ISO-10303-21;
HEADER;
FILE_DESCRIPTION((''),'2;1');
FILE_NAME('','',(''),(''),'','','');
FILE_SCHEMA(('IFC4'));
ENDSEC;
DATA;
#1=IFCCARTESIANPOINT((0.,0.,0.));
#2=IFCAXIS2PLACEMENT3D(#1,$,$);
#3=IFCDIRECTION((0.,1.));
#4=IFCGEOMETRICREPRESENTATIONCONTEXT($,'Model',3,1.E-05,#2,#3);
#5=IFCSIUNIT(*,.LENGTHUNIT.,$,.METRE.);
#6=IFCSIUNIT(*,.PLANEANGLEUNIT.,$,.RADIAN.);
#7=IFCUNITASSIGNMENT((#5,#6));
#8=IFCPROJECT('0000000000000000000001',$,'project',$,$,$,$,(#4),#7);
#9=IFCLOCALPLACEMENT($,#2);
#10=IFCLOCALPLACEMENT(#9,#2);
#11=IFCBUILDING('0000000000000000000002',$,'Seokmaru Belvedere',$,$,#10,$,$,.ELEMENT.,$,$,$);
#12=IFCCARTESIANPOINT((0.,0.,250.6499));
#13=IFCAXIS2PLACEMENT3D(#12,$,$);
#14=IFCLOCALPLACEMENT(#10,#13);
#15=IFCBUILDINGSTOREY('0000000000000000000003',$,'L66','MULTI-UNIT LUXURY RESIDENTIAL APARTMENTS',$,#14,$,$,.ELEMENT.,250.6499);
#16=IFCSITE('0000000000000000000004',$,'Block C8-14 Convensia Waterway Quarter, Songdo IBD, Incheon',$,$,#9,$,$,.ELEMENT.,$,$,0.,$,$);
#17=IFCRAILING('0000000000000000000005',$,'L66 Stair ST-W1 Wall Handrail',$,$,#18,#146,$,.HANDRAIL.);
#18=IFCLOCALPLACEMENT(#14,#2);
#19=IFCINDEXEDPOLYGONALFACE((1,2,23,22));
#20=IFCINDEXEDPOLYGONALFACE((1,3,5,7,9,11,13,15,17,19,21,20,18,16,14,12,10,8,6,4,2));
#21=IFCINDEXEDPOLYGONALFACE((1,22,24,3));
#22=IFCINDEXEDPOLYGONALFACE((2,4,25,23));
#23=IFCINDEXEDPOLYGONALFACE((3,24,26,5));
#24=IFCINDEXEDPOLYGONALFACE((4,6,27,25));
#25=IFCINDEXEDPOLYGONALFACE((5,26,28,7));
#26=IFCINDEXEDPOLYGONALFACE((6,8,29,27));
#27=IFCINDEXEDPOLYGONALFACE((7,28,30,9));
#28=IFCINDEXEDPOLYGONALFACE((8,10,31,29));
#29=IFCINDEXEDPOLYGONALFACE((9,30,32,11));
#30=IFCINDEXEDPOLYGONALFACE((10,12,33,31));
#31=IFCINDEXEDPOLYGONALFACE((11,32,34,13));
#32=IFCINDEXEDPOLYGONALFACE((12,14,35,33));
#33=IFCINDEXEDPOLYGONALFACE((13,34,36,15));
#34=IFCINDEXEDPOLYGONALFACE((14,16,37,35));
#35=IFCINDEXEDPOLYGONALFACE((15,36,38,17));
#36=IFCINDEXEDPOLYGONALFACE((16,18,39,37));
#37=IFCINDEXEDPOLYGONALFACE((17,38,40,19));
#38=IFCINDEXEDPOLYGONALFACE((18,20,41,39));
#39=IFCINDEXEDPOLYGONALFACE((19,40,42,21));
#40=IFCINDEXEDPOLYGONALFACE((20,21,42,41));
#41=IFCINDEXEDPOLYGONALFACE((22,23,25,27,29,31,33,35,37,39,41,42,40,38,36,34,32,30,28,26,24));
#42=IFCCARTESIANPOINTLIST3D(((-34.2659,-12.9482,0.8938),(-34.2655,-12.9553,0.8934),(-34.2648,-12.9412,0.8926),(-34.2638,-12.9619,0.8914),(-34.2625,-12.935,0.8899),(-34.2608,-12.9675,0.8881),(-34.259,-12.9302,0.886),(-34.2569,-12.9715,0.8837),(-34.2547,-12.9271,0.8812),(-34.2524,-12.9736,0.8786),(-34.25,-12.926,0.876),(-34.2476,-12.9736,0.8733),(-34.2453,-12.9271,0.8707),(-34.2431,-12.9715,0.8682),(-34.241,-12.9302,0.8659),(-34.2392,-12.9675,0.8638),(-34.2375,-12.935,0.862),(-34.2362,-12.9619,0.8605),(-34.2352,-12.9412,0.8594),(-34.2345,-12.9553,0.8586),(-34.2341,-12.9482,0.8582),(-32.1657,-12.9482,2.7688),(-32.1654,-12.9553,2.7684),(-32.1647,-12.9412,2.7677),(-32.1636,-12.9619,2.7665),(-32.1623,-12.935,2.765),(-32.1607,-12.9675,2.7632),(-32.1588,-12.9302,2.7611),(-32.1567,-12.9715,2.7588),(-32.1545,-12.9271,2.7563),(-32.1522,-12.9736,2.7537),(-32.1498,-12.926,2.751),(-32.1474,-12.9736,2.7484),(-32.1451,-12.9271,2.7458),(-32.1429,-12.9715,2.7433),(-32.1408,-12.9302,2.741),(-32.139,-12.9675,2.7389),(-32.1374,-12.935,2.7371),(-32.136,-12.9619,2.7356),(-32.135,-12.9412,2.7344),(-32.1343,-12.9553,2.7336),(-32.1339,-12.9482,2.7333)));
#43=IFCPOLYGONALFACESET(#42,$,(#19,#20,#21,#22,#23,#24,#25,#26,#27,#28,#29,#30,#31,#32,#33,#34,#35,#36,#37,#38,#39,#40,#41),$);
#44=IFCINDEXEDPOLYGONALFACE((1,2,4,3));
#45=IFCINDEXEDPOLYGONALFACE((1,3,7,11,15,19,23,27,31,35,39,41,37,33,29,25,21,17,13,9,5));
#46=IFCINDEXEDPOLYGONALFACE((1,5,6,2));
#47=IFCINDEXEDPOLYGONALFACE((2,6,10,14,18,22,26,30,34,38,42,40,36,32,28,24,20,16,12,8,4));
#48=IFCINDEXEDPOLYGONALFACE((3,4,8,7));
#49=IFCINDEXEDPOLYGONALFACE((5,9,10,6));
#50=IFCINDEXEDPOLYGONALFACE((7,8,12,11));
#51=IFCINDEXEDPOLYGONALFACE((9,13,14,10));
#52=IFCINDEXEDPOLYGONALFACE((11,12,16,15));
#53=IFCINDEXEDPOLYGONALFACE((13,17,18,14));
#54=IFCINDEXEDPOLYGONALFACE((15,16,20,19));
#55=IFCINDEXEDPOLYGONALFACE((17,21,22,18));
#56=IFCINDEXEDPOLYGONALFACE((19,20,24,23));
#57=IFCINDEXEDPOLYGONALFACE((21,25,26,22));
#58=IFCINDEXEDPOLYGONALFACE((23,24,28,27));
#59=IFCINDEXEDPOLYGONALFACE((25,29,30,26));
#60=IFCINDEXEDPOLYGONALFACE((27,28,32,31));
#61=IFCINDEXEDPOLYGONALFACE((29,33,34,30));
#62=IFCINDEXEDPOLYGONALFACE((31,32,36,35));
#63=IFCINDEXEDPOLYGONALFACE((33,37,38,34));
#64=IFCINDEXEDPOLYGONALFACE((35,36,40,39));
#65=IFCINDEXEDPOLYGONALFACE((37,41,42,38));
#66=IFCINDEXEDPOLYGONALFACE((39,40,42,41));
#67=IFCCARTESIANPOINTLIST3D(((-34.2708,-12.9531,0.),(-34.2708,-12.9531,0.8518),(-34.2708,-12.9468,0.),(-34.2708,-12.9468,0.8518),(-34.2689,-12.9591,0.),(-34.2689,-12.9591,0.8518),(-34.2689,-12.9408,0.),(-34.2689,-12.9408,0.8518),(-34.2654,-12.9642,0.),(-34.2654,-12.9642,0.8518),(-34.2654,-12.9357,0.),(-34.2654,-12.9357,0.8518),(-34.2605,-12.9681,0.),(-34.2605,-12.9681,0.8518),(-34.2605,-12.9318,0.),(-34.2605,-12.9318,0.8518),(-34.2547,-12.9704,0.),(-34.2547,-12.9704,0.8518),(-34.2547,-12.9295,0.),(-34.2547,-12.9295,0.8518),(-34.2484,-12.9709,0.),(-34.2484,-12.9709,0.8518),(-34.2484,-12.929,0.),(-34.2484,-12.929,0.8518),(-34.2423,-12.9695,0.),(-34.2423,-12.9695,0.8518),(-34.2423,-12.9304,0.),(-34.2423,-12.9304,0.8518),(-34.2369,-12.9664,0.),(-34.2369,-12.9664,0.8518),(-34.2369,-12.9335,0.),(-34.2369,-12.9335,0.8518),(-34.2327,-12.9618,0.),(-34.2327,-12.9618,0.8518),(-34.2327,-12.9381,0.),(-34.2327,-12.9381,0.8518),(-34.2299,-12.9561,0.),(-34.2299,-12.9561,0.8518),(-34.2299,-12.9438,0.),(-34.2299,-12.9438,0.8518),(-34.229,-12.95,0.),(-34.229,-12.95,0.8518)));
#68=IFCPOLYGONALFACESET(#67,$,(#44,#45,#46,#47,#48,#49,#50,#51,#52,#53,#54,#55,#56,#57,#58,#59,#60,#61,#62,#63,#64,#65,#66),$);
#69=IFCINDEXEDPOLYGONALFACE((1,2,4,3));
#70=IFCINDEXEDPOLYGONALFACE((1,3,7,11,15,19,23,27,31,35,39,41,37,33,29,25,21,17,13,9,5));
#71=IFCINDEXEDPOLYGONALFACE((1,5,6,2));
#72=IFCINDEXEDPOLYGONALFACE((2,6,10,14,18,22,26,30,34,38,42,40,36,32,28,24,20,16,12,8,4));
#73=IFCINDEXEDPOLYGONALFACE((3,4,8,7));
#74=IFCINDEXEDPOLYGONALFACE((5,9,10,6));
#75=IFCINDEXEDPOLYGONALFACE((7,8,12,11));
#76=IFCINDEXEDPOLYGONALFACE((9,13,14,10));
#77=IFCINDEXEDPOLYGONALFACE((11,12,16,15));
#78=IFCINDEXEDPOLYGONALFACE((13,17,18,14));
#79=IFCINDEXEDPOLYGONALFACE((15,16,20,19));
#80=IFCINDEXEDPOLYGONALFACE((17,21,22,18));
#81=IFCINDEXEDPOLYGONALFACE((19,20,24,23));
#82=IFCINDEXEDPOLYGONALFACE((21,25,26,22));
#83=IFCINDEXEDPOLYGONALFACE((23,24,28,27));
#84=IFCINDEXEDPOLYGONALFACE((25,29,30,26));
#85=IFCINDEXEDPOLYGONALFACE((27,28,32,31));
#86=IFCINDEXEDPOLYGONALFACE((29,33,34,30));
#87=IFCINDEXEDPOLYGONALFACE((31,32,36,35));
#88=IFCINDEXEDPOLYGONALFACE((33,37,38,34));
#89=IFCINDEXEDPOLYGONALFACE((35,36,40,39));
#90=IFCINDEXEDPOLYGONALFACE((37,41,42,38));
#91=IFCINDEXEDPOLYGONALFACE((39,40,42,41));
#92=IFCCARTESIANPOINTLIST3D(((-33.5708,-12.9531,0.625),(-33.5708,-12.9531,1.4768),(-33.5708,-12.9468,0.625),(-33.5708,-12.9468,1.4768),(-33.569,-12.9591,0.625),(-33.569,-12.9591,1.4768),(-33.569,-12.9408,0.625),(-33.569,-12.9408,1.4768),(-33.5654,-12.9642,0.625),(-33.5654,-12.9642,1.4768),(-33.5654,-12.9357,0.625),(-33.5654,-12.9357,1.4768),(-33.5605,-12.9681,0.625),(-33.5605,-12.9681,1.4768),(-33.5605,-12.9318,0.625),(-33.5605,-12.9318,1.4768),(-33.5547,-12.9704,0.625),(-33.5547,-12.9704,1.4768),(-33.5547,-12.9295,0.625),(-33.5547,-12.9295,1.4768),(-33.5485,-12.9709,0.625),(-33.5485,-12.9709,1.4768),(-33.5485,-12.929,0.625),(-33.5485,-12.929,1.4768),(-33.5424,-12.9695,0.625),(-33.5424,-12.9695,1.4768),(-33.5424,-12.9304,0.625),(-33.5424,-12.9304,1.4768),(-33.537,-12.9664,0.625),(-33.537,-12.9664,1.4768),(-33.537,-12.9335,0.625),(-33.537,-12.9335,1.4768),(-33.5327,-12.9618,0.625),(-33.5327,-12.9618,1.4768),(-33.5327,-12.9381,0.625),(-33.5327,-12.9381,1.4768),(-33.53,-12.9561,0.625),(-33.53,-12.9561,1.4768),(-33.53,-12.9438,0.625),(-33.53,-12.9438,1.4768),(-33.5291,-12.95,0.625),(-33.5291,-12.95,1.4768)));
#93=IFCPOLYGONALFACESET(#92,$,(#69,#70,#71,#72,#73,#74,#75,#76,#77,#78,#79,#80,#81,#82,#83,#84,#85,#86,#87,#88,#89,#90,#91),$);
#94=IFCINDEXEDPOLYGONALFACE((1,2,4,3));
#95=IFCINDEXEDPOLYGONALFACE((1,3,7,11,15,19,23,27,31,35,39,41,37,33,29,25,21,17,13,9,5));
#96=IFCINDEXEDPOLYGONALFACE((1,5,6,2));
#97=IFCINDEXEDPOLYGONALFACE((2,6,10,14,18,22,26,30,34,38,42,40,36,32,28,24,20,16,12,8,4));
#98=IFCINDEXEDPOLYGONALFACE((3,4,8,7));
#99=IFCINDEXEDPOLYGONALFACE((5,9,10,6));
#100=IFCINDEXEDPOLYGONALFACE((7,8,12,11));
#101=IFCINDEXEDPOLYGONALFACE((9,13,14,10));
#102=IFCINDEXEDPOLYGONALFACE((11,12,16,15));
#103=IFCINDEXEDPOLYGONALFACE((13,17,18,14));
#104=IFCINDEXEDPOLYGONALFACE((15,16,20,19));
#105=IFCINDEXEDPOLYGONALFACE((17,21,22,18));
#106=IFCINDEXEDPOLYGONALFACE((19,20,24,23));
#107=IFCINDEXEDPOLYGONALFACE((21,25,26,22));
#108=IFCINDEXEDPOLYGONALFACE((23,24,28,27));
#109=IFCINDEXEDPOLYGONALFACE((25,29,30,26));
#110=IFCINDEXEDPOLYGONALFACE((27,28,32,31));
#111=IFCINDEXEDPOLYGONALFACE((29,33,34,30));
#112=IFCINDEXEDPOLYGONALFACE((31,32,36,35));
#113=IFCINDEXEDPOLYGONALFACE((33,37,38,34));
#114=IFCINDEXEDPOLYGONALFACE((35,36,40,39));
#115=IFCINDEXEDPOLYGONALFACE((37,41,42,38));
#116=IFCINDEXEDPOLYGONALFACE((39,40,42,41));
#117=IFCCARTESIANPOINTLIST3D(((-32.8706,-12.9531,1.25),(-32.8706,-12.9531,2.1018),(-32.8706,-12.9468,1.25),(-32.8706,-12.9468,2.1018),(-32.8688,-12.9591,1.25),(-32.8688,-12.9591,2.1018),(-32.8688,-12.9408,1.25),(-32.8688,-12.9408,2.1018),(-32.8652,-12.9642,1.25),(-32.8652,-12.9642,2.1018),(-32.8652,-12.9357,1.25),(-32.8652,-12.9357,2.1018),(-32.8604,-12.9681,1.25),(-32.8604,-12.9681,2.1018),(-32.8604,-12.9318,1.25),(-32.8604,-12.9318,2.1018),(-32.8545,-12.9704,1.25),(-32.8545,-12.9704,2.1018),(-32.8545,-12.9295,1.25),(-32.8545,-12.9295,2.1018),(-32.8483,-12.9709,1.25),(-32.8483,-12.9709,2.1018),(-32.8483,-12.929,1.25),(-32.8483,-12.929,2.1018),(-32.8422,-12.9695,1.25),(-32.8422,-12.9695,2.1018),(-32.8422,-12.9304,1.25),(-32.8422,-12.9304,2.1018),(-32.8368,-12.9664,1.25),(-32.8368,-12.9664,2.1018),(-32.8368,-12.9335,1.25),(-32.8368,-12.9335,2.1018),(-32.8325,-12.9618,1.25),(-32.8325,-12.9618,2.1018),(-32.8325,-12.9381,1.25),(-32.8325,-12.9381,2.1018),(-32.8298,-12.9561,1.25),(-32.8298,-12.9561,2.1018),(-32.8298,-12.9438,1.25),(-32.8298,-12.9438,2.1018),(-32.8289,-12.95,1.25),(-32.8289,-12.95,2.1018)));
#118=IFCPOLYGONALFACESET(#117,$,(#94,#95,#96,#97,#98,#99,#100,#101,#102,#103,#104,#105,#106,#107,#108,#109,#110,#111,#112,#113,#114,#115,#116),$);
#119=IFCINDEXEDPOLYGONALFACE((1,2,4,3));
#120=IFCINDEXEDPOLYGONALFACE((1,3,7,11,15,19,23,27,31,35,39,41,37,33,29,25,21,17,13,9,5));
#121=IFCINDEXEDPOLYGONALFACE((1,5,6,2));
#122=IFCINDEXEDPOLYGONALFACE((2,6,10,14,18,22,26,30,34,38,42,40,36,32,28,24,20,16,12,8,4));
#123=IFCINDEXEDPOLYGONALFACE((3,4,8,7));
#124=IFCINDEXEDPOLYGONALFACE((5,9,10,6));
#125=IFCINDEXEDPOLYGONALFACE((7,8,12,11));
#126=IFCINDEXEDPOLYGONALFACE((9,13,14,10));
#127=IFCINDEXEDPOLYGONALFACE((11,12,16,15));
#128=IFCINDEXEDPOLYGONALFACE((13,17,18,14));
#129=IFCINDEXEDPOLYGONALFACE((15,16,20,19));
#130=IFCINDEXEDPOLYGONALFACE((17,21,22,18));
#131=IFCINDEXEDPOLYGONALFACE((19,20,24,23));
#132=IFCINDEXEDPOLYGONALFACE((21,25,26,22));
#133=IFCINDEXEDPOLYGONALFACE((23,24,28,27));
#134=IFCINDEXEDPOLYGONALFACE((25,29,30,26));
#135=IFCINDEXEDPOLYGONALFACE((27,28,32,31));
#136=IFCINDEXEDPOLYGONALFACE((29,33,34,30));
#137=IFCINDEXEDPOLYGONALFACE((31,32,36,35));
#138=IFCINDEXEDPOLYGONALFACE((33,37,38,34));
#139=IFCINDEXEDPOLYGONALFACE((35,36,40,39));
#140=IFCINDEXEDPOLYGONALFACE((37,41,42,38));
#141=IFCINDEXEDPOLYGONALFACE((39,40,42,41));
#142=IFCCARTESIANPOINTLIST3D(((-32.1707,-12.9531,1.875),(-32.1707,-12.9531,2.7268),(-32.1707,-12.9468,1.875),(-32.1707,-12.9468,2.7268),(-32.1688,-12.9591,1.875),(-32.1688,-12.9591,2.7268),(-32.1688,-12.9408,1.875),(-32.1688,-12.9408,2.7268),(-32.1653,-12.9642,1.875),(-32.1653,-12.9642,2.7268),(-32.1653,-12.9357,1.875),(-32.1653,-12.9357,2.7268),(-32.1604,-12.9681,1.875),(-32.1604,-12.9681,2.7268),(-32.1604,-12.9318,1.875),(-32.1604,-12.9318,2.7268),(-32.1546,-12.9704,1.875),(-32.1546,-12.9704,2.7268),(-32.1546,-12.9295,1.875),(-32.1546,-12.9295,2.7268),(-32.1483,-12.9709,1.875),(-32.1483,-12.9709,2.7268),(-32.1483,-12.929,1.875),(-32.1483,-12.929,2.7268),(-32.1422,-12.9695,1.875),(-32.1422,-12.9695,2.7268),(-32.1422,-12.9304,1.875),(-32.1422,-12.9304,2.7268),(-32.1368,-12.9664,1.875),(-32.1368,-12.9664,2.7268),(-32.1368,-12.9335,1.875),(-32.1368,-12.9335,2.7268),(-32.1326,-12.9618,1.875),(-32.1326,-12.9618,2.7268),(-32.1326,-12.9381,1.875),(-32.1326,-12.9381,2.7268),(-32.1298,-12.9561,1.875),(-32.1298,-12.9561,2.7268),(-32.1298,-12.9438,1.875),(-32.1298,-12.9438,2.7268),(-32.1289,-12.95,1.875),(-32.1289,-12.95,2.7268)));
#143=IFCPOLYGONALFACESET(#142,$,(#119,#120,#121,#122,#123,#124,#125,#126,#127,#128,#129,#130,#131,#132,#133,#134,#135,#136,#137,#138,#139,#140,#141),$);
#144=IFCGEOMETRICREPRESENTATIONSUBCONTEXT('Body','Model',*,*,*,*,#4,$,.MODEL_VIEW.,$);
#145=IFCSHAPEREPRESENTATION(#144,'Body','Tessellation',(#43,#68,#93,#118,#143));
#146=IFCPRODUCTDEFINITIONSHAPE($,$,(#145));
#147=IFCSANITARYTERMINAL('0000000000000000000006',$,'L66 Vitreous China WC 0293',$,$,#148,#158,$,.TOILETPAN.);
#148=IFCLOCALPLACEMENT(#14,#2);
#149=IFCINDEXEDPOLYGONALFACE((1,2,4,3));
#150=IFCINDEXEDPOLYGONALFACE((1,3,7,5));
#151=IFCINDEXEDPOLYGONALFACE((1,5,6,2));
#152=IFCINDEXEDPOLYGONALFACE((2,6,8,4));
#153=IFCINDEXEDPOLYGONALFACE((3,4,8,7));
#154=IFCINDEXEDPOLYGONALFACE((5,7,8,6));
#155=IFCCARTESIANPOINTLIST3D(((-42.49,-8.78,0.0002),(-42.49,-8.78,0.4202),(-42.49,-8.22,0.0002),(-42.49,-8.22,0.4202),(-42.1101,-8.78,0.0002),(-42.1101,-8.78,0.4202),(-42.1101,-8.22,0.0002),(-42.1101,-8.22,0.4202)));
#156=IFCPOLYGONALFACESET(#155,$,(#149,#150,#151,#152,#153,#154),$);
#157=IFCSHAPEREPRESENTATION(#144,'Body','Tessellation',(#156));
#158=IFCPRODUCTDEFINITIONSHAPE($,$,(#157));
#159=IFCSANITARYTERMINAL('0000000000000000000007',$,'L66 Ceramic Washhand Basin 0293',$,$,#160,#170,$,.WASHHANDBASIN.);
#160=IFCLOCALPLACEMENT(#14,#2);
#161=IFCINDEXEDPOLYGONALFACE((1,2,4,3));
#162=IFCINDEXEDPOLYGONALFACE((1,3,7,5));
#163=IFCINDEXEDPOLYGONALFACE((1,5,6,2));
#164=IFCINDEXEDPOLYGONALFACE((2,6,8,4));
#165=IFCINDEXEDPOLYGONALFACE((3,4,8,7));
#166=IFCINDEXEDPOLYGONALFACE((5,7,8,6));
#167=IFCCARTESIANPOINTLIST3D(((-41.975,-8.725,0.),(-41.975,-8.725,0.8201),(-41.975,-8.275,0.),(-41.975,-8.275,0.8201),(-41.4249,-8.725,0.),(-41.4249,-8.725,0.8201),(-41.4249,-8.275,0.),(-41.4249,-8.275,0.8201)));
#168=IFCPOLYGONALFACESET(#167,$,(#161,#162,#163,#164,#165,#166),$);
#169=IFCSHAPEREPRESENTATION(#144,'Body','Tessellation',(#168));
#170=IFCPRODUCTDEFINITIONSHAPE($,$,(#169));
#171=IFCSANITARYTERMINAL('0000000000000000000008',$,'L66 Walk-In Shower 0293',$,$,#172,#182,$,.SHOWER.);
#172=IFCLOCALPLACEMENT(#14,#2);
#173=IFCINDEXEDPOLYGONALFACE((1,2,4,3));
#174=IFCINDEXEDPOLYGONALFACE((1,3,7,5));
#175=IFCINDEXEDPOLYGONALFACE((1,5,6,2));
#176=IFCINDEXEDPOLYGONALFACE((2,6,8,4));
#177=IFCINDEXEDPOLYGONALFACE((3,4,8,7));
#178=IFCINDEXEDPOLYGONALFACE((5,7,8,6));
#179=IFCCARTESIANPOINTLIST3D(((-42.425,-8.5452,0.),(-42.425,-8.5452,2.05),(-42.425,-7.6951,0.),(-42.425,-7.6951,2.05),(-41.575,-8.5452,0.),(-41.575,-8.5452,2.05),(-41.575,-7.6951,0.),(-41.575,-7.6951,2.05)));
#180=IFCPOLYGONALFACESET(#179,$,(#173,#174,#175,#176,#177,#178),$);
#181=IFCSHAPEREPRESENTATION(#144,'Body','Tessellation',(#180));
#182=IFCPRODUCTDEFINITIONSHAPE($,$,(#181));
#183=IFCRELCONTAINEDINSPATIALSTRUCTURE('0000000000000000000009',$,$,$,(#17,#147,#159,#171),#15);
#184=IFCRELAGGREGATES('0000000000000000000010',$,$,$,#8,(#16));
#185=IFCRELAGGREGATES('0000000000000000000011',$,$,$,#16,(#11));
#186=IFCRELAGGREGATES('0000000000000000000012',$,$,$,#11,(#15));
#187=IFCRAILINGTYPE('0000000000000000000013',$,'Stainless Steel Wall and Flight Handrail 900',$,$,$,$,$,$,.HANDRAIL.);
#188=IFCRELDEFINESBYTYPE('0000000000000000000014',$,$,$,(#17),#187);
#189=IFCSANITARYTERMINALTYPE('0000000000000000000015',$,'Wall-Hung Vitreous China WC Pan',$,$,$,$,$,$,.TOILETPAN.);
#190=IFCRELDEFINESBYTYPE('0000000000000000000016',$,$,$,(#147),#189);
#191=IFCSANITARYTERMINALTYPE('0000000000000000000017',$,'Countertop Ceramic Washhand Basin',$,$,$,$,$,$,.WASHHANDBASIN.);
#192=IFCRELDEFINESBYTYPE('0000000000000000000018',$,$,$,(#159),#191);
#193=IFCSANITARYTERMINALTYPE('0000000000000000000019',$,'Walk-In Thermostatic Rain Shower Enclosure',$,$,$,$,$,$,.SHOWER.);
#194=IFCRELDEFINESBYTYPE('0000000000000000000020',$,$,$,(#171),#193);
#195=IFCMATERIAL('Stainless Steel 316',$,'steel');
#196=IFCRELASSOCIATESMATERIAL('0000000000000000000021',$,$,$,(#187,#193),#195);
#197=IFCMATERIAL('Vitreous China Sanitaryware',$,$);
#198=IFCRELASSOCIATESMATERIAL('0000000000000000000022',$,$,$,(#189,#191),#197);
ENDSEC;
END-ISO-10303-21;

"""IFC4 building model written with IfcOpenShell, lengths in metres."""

from ifc_helpers import new_model, si_unit, direction, frame, origin, origin_2d, place, context, subcontext, project, spatial, rectangle, circle, extrude, source, transform, mapped, material, type_object, type_shapes, element, save


model = new_model("IFC4")

# Units and contexts
model_context = context("Model", 3, precision=1e-05, world=origin(), true_north=direction((0.0, 1.0)))
body_context = subcontext(model_context, "Body", "Model", "MODEL_VIEW")
ifc_project = project(units=[si_unit("LENGTHUNIT", "METRE"), si_unit("PLANEANGLEUNIT", "RADIAN")], contexts=[model_context])

# Site, building, storey
site_placement = place(None, origin())
site = spatial("IfcSite", under=ifc_project, at=site_placement, Name="Block C8-14 Convensia Waterway Quarter, Songdo IBD, Incheon", CompositionType="ELEMENT", RefElevation=0.0)
building_placement = place(site_placement, origin())
building = spatial("IfcBuilding", under=site, at=building_placement, Name="Seokmaru Belvedere", CompositionType="ELEMENT")
storey_placement = place(building_placement, frame((0.0, 0.0, 250.6499)))
storey = spatial("IfcBuildingStorey", under=building, at=storey_placement, Name="L66", Description="MULTI-UNIT LUXURY RESIDENTIAL APARTMENTS", CompositionType="ELEMENT", Elevation=250.6499)

# Railing
ifc_material_1 = material(Name="Stainless Steel 316", Category="steel")
railing_type_1 = type_object("IfcRailingType", Name="Stainless Steel Wall and Flight Handrail 900", PredefinedType="HANDRAIL", material=ifc_material_1)
railing_1_placement = place(storey_placement, frame((-34.25, -12.95, 0.0)))
element("IfcRailing", 1, at=railing_1_placement, inside=storey, type_object=railing_type_1, Name="L66 Stair ST-W1 Wall Handrail", PredefinedType="HANDRAIL", context=body_context, shape_type="SweptSolid", body=[
    extrude(circle(Radius=0.0239, at=origin_2d()), frame((0.0, 0.0, 0.876), z_axis=(0.745953, 0.0, 0.665999), x_axis=(0.0, 1.0, 0.0)), (0.0, 0.0, 1.0), 2.8154),
    extrude(circle(Radius=0.021, at=origin_2d()), origin(), (0.0, 0.0, 1.0), 0.8518),
    extrude(circle(Radius=0.021, at=origin_2d()), frame((0.7, 0.0, 0.625)), (0.0, 0.0, 1.0), 0.8518),
    extrude(circle(Radius=0.021, at=origin_2d()), frame((1.4001, 0.0, 1.25)), (0.0, 0.0, 1.0), 0.8518),
    extrude(circle(Radius=0.021, at=origin_2d()), frame((2.1001, 0.0, 1.875)), (0.0, 0.0, 1.0), 0.8518),
])

# Sanitary terminals
ifc_material_2 = material(Name="Vitreous China Sanitaryware")
sanitary_terminal_type_1 = type_object("IfcSanitaryTerminalType", Name="Wall-Hung Vitreous China WC Pan", PredefinedType="TOILETPAN", material=ifc_material_2)
shared_shape_1 = source(origin(), body_context, "Body", "SweptSolid", [
    extrude(rectangle(XDim=0.3799, YDim=0.5601, at=origin_2d()), origin(), (0.0, 0.0, 1.0), 0.4199),
])
type_shapes(sanitary_terminal_type_1, [shared_shape_1])
sanitary_terminal_1_placement = place(storey_placement, frame((-42.3, -8.5, 0.0002), z_axis=(0.0, 0.0, 1.0), x_axis=(1.0, 0.0, 0.0)))
element("IfcSanitaryTerminal", 2, at=sanitary_terminal_1_placement, inside=storey, type_object=sanitary_terminal_type_1, Name="L66 Vitreous China WC 0293", PredefinedType="TOILETPAN", context=body_context, shape_type="MappedRepresentation", body=[
    mapped(shared_shape_1, transform((0.0, 0.0, 0.0), scale=1.0)),
])
sanitary_terminal_type_2 = type_object("IfcSanitaryTerminalType", Name="Countertop Ceramic Washhand Basin", PredefinedType="WASHHANDBASIN", material=ifc_material_2)
shared_shape_2 = source(origin(), body_context, "Body", "SweptSolid", [
    extrude(rectangle(XDim=0.55, YDim=0.45, at=origin_2d()), origin(), (0.0, 0.0, 1.0), 0.8201),
])
type_shapes(sanitary_terminal_type_2, [shared_shape_2])
sanitary_terminal_2_placement = place(storey_placement, frame((-41.7, -8.5, 0.0), z_axis=(0.0, 0.0, 1.0), x_axis=(1.0, 0.0, 0.0)))
element("IfcSanitaryTerminal", 3, at=sanitary_terminal_2_placement, inside=storey, type_object=sanitary_terminal_type_2, Name="L66 Ceramic Washhand Basin 0293", PredefinedType="WASHHANDBASIN", context=body_context, shape_type="MappedRepresentation", body=[
    mapped(shared_shape_2, transform((0.0, 0.0, 0.0), scale=1.0)),
])
sanitary_terminal_type_3 = type_object("IfcSanitaryTerminalType", Name="Walk-In Thermostatic Rain Shower Enclosure", PredefinedType="SHOWER", material=ifc_material_1)
shared_shape_3 = source(origin(), body_context, "Body", "SweptSolid", [
    extrude(rectangle(XDim=0.8501, YDim=0.8501, at=origin_2d()), origin(), (0.0, 0.0, 1.0), 2.05),
])
type_shapes(sanitary_terminal_type_3, [shared_shape_3])
sanitary_terminal_3_placement = place(storey_placement, frame((-42.0, -8.1201, 0.0), z_axis=(0.0, 0.0, 1.0), x_axis=(1.0, 0.0, 0.0)))
element("IfcSanitaryTerminal", 4, at=sanitary_terminal_3_placement, inside=storey, type_object=sanitary_terminal_type_3, Name="L66 Walk-In Shower 0293", PredefinedType="SHOWER", context=body_context, shape_type="MappedRepresentation", body=[
    mapped(shared_shape_3, transform((0.0, 0.0, 0.0), scale=1.0)),
])

save(model, "model.ifc")
